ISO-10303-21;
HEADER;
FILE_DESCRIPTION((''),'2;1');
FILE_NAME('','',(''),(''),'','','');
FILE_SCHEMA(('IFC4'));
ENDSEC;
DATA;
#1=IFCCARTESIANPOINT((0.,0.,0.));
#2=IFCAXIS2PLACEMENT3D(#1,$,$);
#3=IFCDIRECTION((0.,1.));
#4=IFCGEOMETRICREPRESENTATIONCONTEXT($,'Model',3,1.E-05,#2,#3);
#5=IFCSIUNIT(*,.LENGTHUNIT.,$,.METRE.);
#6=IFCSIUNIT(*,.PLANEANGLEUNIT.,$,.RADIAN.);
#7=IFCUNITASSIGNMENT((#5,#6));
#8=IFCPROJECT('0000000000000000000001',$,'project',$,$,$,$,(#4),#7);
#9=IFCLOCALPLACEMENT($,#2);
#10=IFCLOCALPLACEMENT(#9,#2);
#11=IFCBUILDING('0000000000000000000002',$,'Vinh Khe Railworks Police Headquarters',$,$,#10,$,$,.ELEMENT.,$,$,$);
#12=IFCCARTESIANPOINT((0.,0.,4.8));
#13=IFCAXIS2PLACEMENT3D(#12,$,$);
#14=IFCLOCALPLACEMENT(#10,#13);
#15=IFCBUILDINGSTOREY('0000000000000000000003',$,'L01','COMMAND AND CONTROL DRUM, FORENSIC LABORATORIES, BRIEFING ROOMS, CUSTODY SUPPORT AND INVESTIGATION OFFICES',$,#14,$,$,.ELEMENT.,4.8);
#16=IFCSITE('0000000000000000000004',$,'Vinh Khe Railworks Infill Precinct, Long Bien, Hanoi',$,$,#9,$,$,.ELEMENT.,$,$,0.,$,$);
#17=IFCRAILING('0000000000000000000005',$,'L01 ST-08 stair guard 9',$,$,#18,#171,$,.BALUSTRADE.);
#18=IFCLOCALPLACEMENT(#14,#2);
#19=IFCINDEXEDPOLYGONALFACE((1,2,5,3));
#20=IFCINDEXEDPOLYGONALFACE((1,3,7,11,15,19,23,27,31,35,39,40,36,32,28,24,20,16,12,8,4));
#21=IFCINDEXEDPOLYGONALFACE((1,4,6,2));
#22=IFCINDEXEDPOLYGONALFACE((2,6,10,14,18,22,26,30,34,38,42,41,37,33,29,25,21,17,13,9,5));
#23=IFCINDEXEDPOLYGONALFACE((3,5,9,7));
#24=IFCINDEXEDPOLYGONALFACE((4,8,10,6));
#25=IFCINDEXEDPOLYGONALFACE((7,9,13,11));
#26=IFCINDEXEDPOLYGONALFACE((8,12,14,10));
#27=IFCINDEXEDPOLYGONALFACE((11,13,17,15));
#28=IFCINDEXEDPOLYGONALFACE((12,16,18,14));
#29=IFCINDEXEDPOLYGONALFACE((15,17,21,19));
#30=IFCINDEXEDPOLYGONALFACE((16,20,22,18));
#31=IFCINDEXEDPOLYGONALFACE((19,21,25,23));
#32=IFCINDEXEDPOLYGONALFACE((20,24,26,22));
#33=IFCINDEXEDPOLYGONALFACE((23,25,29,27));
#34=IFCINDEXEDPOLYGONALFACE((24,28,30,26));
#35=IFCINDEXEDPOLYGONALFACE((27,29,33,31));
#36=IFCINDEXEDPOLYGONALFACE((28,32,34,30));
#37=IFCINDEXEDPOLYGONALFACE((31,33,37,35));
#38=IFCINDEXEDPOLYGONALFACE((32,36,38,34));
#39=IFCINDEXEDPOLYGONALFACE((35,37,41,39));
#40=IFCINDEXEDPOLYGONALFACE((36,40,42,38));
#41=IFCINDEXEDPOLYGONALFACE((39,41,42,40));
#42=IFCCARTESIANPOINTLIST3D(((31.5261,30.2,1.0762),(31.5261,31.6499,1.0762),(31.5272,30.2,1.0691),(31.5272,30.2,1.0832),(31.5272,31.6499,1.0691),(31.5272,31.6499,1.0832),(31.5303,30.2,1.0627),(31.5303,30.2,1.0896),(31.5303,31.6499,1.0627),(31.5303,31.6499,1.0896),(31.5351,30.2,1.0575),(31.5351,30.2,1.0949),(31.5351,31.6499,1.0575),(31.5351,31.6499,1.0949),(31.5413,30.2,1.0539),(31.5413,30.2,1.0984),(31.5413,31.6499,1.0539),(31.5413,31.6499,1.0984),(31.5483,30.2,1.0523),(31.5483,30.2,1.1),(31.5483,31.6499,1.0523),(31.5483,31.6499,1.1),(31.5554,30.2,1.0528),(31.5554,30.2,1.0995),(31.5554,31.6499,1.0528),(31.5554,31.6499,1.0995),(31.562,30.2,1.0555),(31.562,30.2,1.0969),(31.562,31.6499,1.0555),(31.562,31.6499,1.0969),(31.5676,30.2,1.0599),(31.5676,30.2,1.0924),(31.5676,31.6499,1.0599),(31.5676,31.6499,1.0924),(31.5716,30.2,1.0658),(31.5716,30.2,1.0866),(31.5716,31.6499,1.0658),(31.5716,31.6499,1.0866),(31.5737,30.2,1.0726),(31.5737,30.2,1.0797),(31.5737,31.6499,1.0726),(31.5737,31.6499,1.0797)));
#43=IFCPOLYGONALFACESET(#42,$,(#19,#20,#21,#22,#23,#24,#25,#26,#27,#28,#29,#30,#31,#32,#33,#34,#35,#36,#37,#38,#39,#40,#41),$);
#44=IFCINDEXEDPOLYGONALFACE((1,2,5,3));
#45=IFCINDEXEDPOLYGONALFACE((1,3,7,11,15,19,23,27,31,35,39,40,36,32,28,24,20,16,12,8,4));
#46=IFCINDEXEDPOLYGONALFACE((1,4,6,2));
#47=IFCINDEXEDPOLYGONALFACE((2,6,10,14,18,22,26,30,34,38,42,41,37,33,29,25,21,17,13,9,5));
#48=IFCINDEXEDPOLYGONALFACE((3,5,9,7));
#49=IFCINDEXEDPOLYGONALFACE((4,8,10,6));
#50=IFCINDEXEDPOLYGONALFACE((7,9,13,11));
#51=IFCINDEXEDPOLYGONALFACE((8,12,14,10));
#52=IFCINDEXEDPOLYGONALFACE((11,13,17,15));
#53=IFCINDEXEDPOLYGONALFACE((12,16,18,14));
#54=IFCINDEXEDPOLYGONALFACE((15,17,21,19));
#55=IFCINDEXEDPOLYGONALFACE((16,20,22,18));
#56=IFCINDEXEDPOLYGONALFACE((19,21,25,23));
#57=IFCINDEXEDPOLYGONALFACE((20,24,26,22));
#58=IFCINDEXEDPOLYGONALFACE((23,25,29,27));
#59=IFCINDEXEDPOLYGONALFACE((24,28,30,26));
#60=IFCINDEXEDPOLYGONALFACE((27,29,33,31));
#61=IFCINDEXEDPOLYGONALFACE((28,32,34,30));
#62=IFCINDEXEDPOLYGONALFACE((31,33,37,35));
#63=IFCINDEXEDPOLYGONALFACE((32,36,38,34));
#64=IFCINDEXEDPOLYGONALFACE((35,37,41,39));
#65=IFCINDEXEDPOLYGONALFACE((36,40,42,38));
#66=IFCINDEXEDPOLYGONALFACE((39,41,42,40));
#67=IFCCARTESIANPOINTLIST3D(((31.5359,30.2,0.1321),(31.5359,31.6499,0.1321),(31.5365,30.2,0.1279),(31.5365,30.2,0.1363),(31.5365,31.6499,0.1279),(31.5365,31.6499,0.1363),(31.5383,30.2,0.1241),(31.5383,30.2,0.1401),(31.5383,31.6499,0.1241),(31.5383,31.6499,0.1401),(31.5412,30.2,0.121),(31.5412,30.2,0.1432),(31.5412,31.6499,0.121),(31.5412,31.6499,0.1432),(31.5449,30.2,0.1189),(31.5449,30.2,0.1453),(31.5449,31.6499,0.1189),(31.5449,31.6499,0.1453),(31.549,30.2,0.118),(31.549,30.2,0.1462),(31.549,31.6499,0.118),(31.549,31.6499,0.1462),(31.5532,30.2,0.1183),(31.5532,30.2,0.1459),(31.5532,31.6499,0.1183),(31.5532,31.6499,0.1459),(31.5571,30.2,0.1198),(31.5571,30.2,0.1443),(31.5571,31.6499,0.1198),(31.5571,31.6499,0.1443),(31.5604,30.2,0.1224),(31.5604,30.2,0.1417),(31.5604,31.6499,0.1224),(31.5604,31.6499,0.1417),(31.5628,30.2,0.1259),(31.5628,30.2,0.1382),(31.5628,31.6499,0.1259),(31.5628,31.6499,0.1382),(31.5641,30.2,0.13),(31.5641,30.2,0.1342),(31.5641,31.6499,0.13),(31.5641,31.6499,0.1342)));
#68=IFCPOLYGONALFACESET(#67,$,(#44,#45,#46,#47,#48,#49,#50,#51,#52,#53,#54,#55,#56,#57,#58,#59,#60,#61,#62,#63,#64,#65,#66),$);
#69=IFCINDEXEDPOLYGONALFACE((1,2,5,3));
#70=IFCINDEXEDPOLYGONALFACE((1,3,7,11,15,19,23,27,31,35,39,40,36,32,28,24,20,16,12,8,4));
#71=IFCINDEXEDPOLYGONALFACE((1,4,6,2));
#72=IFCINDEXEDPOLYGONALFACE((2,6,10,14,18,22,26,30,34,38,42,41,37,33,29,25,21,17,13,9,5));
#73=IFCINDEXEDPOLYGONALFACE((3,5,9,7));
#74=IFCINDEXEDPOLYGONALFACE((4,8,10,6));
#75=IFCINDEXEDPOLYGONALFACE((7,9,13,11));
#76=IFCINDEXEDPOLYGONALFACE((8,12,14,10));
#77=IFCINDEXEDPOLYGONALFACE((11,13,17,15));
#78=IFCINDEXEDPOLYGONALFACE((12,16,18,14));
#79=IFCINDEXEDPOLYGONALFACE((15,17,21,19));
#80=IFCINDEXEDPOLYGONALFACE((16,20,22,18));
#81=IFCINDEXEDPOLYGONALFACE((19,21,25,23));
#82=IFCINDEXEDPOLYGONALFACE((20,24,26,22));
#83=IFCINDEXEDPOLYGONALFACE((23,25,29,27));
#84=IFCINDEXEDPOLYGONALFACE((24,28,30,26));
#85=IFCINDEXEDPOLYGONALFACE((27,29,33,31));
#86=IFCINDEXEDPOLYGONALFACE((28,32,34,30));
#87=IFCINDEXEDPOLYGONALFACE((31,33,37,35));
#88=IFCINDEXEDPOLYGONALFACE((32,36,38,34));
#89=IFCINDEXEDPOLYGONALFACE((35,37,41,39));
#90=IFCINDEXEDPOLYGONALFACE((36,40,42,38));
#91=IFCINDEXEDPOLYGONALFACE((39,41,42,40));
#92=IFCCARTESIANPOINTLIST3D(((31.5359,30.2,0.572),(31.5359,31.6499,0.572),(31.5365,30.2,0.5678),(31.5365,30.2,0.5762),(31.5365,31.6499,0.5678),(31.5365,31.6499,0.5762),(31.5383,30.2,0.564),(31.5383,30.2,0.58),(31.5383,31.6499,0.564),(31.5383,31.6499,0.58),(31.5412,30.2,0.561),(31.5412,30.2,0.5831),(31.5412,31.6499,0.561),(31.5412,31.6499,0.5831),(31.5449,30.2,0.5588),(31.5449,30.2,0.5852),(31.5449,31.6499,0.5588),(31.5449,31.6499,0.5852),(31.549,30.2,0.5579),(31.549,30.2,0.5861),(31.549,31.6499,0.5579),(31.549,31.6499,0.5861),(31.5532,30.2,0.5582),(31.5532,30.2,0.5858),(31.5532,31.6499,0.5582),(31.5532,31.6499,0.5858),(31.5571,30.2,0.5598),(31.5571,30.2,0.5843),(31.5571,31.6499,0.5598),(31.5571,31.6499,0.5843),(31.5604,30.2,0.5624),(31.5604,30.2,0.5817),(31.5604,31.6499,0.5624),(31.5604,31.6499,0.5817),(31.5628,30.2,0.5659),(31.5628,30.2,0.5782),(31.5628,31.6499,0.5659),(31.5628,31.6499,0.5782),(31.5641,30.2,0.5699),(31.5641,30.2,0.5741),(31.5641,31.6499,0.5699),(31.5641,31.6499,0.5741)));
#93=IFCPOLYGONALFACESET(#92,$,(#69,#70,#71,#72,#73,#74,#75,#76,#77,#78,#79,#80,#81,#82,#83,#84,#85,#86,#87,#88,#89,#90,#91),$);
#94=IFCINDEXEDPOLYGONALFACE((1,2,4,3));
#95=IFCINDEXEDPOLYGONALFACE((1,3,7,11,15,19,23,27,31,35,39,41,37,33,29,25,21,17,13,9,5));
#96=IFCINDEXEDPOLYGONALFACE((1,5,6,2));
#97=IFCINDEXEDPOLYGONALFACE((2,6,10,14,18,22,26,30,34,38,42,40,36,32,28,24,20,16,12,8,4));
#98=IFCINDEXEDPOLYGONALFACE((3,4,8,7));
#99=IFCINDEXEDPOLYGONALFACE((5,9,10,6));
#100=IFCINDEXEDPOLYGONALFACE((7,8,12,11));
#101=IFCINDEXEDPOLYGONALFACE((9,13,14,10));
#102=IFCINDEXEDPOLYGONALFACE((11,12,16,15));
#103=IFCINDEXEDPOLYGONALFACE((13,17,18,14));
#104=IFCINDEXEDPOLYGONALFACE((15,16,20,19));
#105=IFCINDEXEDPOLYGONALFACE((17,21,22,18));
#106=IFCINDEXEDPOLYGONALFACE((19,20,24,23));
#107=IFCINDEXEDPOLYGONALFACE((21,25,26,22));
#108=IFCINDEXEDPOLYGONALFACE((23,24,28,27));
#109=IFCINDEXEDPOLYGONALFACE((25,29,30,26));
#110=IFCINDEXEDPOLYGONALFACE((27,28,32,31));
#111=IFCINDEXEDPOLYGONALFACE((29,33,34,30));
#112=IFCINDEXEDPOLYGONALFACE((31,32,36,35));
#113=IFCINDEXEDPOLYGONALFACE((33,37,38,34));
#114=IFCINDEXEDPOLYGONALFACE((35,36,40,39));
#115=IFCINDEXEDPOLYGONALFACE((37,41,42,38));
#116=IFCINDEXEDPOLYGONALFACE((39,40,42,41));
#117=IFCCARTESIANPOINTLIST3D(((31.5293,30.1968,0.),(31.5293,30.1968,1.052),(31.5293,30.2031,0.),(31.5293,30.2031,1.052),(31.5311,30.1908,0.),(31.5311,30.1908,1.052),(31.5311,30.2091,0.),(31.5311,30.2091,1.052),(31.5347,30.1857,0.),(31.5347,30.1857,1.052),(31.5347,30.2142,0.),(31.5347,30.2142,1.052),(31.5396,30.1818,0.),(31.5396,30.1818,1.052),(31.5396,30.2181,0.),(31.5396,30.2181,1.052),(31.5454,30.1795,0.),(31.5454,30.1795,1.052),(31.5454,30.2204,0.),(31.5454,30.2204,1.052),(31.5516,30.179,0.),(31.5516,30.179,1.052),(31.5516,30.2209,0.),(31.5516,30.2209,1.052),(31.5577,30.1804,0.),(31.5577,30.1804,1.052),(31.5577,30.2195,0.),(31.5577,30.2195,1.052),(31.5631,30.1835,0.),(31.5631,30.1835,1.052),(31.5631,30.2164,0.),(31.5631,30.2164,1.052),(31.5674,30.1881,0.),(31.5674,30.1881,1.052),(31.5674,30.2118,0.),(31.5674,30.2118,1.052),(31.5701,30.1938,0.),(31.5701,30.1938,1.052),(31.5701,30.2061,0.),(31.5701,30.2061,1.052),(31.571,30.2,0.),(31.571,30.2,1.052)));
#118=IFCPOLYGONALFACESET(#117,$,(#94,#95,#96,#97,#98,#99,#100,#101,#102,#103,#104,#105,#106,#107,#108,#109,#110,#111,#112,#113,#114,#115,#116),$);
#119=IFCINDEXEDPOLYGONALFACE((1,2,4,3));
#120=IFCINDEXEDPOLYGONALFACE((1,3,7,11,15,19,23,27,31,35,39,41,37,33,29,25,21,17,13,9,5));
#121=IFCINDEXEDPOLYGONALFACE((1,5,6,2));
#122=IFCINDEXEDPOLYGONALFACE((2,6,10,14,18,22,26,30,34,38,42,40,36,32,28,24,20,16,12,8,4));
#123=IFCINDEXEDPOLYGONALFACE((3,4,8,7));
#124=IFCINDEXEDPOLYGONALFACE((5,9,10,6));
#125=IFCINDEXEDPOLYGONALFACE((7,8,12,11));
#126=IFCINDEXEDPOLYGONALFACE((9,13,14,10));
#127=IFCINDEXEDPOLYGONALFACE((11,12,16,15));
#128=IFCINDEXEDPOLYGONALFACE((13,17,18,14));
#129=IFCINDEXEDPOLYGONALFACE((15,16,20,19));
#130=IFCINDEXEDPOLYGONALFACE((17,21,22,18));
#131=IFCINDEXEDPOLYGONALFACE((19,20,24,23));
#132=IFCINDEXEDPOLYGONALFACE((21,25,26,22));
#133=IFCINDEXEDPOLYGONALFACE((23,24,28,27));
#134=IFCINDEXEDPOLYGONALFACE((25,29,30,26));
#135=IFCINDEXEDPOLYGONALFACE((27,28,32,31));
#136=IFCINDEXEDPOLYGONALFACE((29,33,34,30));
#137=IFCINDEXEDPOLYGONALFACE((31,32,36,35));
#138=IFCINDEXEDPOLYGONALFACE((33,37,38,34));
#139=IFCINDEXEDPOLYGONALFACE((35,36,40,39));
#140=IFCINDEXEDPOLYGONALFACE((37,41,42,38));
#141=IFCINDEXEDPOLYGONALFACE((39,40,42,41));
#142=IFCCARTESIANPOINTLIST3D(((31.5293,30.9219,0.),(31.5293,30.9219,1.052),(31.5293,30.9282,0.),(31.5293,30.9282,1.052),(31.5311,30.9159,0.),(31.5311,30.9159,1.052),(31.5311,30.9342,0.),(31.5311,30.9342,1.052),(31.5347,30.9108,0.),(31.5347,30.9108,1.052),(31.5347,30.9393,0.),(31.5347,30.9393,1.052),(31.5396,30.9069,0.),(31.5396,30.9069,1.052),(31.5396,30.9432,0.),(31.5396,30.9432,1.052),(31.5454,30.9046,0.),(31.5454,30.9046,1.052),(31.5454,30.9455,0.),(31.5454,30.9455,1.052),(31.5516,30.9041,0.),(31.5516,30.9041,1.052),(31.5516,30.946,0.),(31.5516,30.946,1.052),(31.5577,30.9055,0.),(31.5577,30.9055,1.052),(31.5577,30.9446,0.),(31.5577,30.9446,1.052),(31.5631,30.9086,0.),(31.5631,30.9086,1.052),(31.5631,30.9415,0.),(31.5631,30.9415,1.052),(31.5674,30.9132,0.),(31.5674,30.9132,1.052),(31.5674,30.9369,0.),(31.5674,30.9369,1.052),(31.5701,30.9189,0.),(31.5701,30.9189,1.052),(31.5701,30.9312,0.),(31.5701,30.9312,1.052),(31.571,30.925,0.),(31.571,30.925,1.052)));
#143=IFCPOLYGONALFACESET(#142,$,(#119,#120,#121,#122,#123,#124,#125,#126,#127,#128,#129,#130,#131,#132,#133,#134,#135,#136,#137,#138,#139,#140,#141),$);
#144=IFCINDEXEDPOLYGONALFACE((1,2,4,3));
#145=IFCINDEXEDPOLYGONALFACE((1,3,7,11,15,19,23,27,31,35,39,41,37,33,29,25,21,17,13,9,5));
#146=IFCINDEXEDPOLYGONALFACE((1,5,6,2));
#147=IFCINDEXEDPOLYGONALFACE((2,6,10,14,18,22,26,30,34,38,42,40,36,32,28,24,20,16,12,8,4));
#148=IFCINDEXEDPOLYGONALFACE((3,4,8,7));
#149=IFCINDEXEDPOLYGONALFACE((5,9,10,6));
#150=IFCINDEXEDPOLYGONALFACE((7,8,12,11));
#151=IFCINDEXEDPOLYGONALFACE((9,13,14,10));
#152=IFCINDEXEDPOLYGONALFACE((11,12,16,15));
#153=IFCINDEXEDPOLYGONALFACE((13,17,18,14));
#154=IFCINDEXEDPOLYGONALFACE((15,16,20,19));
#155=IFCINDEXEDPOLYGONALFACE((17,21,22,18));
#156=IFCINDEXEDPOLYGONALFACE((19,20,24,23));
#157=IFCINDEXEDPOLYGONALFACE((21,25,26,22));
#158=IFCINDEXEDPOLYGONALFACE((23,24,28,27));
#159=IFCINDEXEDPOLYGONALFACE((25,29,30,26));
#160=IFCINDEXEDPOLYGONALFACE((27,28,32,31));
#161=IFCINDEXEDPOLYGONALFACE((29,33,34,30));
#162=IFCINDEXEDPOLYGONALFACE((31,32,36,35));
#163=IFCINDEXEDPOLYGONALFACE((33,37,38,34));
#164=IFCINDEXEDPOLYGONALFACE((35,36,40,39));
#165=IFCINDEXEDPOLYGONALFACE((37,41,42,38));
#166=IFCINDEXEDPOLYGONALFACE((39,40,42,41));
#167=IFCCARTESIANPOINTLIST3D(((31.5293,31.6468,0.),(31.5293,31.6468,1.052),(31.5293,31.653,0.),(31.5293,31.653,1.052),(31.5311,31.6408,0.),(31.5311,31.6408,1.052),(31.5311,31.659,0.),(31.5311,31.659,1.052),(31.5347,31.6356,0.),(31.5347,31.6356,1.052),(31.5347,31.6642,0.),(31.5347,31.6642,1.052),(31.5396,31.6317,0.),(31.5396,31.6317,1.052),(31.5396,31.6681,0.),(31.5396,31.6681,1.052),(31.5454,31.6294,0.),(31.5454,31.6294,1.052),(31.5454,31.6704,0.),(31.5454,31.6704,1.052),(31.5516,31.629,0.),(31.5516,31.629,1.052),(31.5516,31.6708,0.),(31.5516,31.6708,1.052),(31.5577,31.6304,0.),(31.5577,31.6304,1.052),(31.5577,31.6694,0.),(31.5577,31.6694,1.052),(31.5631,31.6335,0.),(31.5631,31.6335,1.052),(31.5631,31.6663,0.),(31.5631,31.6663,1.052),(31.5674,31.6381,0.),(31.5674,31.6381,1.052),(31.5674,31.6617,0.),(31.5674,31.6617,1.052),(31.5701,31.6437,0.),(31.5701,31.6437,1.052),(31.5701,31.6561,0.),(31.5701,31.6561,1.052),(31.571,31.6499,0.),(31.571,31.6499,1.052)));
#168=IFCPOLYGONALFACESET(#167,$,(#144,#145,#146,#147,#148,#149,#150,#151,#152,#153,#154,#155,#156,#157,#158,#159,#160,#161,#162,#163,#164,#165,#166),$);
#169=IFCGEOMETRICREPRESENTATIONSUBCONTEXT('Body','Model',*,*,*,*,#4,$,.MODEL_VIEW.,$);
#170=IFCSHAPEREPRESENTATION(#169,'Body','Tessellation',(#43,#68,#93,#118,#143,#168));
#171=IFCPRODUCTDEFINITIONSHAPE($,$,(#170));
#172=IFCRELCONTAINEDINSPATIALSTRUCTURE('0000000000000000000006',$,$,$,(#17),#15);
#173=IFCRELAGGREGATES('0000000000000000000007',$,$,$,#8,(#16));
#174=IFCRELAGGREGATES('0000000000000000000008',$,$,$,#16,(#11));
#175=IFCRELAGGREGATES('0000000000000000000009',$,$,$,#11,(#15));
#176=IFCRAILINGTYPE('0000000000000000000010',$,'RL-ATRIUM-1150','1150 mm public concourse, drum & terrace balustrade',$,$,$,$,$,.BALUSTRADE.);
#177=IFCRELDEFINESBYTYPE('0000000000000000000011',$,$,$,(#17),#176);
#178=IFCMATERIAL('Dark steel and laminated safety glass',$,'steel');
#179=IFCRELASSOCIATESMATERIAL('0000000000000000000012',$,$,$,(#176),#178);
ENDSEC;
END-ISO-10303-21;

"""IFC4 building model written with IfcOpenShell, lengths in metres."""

from ifc_helpers import new_model, si_unit, direction, frame, origin, origin_2d, place, context, subcontext, project, spatial, circle, extrude, material, type_object, element, save


model = new_model("IFC4")

# Units and contexts
model_context = context("Model", 3, precision=1e-05, world=origin(), true_north=direction((0.0, 1.0)))
body_context = subcontext(model_context, "Body", "Model", "MODEL_VIEW")
ifc_project = project(units=[si_unit("LENGTHUNIT", "METRE"), si_unit("PLANEANGLEUNIT", "RADIAN")], contexts=[model_context])

# Site, building, storey
site_placement = place(None, origin())
site = spatial("IfcSite", under=ifc_project, at=site_placement, Name="Vinh Khe Railworks Infill Precinct, Long Bien, Hanoi", CompositionType="ELEMENT", RefElevation=0.0)
building_placement = place(site_placement, origin())
building = spatial("IfcBuilding", under=site, at=building_placement, Name="Vinh Khe Railworks Police Headquarters", CompositionType="ELEMENT")
storey_placement = place(building_placement, frame((0.0, 0.0, 4.8)))
storey = spatial("IfcBuildingStorey", under=building, at=storey_placement, Name="L01", Description="COMMAND AND CONTROL DRUM, FORENSIC LABORATORIES, BRIEFING ROOMS, CUSTODY SUPPORT AND INVESTIGATION OFFICES", CompositionType="ELEMENT", Elevation=4.8)

# Railing
ifc_material_1 = material(Name="Dark steel and laminated safety glass", Category="steel")
railing_type = type_object("IfcRailingType", Name="RL-ATRIUM-1150", Description="1150 mm public concourse, drum & terrace balustrade", PredefinedType="BALUSTRADE", material=ifc_material_1)
railing_1_placement = place(storey_placement, frame((31.55, 30.2, 0.0)))
element("IfcRailing", 1, at=railing_1_placement, inside=storey, type_object=railing_type, Name="L01 ST-08 stair guard 9", PredefinedType="BALUSTRADE", context=body_context, shape_type="SweptSolid", body=[
    extrude(circle(Radius=0.0239, at=origin_2d()), frame((0.0, 0.0, 1.0762), z_axis=(0.0, 1.0, 0.0), x_axis=(-1.0, 0.0, 0.0)), (0.0, 0.0, 1.0), 1.45),
    extrude(circle(Radius=0.0142, at=origin_2d()), frame((0.0, 0.0, 0.1321), z_axis=(0.0, 1.0, 0.0), x_axis=(-1.0, 0.0, 0.0)), (0.0, 0.0, 1.0), 1.45),
    extrude(circle(Radius=0.0142, at=origin_2d()), frame((0.0, 0.0, 0.572), z_axis=(0.0, 1.0, 0.0), x_axis=(-1.0, 0.0, 0.0)), (0.0, 0.0, 1.0), 1.45),
    extrude(circle(Radius=0.021, at=origin_2d()), origin(), (0.0, 0.0, 1.0), 1.052),
    extrude(circle(Radius=0.021, at=origin_2d()), frame((0.0, 0.7251, 0.0)), (0.0, 0.0, 1.0), 1.052),
    extrude(circle(Radius=0.021, at=origin_2d()), frame((0.0, 1.45, 0.0)), (0.0, 0.0, 1.0), 1.052),
])

save(model, "model.ifc")
